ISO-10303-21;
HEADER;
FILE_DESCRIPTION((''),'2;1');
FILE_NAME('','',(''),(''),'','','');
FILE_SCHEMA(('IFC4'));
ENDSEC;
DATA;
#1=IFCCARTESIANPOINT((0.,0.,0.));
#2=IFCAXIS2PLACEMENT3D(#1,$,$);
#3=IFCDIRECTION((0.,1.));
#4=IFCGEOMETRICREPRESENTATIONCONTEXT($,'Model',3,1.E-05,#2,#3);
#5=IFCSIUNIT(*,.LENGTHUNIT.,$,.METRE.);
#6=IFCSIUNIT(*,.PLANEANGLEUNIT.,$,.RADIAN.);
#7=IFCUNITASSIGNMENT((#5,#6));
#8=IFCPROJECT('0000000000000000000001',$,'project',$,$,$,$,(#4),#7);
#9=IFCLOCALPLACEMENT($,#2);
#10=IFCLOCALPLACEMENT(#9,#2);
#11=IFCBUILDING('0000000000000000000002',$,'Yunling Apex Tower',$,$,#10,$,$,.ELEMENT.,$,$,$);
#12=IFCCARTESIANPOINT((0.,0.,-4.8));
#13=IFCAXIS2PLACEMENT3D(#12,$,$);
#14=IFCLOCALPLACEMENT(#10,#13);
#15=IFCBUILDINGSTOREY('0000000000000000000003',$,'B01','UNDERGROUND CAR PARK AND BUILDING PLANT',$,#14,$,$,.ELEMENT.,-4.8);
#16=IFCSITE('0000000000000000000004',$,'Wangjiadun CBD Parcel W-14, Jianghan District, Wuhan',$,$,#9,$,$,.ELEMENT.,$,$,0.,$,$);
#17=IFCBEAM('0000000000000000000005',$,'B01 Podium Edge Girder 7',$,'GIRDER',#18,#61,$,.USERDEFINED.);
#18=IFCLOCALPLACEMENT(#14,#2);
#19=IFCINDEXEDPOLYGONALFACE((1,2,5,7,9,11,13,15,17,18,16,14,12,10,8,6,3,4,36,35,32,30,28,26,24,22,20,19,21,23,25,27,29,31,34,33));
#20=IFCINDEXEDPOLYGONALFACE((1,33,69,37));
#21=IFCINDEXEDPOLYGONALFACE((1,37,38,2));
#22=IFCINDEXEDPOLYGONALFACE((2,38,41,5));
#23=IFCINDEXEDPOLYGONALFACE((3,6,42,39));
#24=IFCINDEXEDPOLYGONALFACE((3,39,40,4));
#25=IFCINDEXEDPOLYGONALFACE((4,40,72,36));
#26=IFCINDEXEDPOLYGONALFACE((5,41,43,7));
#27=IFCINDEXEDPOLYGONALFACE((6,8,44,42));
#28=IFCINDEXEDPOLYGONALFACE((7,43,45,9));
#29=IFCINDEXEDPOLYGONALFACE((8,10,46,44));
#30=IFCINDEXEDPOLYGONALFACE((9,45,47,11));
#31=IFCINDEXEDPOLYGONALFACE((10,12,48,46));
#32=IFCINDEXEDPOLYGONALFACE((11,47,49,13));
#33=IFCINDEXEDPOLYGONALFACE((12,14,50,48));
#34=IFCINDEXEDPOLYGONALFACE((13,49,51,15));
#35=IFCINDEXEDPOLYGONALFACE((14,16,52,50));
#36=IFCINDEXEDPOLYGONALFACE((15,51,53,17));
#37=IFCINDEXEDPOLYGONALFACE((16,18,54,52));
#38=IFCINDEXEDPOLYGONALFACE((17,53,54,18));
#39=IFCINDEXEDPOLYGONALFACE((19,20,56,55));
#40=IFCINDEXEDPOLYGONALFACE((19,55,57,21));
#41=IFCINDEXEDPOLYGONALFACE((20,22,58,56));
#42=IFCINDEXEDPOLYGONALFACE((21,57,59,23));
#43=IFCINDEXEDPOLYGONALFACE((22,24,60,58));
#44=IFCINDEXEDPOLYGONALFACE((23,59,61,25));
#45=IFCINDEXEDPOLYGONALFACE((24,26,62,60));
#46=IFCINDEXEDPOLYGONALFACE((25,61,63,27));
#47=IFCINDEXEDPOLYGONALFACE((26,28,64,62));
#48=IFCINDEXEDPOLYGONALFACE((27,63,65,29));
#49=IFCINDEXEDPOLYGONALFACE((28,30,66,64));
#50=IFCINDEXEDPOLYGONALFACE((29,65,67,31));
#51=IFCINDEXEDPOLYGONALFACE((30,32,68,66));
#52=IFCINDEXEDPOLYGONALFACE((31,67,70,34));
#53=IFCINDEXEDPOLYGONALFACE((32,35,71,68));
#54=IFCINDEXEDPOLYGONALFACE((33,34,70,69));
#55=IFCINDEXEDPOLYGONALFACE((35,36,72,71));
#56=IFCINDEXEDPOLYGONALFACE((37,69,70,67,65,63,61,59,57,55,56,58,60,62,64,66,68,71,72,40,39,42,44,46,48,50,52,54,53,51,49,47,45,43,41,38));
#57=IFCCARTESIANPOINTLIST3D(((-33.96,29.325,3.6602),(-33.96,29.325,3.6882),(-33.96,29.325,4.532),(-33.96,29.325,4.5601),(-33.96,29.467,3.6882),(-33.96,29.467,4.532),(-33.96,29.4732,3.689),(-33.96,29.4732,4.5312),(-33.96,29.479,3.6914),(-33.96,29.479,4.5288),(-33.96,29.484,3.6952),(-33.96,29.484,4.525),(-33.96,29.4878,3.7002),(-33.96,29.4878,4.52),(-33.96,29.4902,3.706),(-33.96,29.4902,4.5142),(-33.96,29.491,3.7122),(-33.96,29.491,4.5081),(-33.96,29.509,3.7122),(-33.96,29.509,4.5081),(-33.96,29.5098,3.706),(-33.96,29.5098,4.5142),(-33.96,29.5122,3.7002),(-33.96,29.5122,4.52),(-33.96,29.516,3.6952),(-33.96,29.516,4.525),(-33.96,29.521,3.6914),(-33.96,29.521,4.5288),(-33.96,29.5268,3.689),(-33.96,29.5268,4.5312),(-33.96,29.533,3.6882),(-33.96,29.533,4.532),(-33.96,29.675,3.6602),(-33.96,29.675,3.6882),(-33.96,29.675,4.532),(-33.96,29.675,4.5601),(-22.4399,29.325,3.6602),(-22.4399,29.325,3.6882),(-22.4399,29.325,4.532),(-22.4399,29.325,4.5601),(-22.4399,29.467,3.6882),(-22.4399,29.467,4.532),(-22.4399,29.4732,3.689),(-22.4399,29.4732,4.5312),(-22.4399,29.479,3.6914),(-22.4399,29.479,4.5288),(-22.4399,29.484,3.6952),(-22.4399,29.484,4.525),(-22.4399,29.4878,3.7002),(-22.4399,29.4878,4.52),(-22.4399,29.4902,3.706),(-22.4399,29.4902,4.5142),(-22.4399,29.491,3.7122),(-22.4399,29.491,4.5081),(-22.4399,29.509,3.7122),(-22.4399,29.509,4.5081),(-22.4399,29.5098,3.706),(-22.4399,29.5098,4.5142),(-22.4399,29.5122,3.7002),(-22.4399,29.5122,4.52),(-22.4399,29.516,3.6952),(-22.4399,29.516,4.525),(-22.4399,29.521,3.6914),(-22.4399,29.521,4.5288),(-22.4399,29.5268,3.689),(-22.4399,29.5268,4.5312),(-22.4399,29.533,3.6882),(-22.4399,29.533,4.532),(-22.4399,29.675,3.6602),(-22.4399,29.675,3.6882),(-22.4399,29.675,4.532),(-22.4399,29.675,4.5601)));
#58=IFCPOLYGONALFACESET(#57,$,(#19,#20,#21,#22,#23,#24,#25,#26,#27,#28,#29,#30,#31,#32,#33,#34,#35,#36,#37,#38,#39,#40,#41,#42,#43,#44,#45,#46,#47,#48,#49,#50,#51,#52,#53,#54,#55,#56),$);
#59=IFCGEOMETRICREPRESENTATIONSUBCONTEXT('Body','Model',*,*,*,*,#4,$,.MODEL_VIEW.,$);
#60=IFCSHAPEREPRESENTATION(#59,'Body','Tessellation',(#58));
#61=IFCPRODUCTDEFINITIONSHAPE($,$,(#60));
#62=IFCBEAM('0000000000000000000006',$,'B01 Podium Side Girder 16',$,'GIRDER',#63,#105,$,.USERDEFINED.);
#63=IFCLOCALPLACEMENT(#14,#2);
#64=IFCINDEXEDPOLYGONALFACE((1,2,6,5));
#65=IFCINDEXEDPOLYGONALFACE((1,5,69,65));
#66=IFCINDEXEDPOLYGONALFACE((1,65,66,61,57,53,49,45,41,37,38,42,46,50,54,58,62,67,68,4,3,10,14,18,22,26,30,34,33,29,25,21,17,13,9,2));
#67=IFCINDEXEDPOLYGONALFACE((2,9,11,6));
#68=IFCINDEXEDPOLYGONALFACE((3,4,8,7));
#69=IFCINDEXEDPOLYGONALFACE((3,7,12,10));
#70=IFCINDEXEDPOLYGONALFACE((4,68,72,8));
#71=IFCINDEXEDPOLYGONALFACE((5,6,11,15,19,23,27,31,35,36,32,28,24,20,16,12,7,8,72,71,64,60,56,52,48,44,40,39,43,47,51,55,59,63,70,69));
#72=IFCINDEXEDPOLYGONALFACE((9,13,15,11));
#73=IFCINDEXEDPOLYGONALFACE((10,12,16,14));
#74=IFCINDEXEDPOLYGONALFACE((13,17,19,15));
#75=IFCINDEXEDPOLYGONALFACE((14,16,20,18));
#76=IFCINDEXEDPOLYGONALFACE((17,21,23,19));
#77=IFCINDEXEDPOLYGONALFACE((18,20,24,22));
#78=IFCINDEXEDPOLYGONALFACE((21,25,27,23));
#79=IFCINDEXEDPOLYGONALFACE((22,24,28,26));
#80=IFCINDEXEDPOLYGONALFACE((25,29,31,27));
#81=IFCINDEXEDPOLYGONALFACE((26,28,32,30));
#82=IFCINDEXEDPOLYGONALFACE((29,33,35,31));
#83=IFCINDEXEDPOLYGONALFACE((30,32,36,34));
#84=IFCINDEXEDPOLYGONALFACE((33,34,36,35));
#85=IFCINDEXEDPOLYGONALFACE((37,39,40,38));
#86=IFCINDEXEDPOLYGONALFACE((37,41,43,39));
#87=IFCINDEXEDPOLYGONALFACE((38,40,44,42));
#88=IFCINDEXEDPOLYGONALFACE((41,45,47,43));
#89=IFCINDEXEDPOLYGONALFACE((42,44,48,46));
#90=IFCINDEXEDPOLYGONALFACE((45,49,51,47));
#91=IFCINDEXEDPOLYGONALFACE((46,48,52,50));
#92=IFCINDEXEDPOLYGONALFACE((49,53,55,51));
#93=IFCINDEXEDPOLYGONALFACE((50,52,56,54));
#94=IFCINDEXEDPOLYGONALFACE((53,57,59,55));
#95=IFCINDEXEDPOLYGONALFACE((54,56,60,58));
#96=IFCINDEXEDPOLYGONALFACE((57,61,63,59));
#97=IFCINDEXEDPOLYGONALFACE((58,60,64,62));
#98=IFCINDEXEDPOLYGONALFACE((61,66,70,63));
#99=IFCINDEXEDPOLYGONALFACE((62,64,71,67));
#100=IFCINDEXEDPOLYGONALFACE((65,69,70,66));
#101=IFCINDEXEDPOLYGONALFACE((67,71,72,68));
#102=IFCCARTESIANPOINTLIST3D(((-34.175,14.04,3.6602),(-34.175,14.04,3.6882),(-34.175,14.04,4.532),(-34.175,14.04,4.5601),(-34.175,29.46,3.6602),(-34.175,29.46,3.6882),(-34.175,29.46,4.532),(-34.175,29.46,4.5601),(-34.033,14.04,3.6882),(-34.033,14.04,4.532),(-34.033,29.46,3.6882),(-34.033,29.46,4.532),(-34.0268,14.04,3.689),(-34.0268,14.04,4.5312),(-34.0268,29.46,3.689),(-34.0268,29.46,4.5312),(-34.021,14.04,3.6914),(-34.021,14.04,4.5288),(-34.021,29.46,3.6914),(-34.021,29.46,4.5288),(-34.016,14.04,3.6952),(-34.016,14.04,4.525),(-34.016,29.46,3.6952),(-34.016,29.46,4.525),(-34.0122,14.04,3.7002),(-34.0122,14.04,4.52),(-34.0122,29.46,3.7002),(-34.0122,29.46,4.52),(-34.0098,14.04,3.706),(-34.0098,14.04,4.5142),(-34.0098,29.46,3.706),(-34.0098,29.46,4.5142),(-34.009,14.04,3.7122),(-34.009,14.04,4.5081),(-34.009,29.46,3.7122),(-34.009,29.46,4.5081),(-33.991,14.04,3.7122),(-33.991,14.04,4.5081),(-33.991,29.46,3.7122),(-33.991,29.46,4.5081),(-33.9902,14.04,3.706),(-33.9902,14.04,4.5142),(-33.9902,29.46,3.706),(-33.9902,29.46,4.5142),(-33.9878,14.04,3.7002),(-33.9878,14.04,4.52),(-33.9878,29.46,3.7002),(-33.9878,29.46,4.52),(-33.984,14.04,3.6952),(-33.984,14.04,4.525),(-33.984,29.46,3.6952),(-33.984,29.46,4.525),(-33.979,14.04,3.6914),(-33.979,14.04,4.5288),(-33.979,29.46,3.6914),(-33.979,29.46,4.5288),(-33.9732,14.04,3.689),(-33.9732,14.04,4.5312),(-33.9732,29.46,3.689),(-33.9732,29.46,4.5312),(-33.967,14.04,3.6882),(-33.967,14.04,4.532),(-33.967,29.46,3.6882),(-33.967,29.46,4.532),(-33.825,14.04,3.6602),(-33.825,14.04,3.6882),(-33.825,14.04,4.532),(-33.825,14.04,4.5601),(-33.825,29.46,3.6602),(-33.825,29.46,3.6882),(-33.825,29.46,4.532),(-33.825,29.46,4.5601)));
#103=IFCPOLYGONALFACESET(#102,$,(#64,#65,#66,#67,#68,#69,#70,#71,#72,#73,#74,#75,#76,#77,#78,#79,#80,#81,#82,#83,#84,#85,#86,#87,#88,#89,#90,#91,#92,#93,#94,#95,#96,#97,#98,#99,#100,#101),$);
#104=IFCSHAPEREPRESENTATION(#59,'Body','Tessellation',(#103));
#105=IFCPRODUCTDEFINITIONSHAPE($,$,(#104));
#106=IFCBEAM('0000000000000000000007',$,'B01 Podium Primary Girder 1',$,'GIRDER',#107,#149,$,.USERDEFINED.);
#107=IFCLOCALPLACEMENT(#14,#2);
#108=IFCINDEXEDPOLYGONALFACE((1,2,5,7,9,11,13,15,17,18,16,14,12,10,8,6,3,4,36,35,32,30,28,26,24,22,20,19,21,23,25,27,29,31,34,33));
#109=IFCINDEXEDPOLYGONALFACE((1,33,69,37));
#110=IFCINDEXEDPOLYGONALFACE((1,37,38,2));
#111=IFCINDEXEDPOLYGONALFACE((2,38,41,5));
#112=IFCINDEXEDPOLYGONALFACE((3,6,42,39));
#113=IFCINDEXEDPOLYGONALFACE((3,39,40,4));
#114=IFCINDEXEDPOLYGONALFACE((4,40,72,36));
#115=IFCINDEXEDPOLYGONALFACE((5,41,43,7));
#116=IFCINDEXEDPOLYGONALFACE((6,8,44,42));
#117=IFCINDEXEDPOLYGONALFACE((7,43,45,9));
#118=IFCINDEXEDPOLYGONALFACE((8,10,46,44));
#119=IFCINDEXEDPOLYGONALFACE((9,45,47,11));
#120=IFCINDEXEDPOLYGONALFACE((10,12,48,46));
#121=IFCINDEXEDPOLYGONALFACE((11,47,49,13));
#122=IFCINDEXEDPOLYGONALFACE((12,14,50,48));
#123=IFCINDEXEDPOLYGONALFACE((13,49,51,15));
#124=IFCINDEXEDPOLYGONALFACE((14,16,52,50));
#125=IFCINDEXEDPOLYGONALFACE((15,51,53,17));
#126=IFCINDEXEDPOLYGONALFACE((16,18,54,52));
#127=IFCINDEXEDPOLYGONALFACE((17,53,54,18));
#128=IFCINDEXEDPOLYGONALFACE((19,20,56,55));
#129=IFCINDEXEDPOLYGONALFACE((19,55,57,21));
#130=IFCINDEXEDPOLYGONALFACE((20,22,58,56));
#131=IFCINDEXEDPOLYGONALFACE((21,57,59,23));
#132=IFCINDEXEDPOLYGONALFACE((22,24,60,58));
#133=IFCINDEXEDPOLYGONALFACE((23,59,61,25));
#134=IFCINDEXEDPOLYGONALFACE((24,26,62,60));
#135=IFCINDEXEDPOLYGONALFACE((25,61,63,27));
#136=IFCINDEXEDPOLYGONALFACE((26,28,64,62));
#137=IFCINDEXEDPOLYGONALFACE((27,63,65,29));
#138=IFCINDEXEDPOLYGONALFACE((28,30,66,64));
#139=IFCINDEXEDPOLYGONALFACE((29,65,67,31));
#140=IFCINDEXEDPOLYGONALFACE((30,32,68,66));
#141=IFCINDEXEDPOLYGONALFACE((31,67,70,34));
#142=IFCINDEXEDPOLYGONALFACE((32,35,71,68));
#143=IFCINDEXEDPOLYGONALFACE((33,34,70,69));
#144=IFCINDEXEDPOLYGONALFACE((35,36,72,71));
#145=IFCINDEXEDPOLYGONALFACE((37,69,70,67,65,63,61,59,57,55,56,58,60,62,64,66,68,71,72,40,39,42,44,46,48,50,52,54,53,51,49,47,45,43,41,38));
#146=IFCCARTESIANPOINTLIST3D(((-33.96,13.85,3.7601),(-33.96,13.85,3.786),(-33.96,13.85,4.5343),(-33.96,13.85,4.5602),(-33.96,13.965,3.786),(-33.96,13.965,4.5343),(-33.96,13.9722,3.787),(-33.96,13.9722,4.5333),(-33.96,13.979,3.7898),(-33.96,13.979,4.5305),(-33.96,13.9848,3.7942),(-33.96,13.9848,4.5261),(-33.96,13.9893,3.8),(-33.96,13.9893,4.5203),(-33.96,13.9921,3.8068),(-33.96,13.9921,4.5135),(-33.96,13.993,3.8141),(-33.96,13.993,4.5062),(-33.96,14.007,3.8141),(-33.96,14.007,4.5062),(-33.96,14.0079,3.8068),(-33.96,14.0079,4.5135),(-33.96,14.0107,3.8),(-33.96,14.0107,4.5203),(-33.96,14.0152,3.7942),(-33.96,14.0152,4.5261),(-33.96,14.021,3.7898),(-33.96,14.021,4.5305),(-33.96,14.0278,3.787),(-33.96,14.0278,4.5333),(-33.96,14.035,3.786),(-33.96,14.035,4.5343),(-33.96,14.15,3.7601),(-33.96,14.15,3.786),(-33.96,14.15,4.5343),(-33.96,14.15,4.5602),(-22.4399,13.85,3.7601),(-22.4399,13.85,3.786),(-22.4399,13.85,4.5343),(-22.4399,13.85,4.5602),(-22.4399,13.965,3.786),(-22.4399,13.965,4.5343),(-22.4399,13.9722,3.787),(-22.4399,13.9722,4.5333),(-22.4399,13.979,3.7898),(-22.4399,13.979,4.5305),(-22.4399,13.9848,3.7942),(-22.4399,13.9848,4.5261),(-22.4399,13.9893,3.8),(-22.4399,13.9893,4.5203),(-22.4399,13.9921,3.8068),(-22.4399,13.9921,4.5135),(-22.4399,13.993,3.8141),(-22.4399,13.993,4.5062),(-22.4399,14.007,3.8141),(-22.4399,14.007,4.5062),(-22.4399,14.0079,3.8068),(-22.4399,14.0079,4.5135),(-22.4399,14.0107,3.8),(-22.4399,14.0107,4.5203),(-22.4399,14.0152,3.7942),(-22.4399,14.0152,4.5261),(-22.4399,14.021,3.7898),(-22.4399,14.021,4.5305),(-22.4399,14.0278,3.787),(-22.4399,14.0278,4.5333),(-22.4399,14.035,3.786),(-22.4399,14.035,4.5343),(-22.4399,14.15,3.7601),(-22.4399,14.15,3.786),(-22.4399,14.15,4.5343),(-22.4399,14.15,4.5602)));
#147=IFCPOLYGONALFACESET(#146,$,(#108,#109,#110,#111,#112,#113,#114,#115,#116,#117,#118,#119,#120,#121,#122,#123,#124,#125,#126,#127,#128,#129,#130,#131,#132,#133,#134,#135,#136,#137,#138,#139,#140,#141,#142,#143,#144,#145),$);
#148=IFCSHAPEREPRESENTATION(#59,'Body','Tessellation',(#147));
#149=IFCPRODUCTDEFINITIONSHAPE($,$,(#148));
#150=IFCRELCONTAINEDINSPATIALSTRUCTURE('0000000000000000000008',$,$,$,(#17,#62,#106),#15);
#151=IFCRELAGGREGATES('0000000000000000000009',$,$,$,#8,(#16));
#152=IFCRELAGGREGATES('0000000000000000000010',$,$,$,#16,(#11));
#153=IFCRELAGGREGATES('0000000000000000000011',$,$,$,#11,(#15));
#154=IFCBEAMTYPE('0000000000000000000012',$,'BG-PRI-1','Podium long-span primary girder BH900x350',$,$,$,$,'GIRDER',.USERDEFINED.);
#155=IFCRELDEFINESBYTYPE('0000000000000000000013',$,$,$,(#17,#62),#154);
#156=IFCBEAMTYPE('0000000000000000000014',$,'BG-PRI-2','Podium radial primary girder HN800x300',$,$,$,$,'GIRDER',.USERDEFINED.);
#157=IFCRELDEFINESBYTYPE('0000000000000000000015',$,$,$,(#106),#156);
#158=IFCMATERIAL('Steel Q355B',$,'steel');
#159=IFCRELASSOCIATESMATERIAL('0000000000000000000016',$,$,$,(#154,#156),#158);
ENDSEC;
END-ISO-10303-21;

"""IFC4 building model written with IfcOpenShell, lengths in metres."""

from ifc_helpers import new_model, si_unit, direction, frame, origin, origin_2d, place, context, subcontext, project, spatial, i_section, extrude, source, transform, mapped, material, material_profile, profile_set, type_object, element, save


model = new_model("IFC4")

# Units and contexts
model_context = context("Model", 3, precision=1e-05, world=origin(), true_north=direction((0.0, 1.0)))
body_context = subcontext(model_context, "Body", "Model", "MODEL_VIEW")
ifc_project = project(units=[si_unit("LENGTHUNIT", "METRE"), si_unit("PLANEANGLEUNIT", "RADIAN")], contexts=[model_context])

# Site, building, storey
site_placement = place(None, origin())
site = spatial("IfcSite", under=ifc_project, at=site_placement, Name="Wangjiadun CBD Parcel W-14, Jianghan District, Wuhan", CompositionType="ELEMENT", RefElevation=0.0)
building_placement = place(site_placement, origin())
building = spatial("IfcBuilding", under=site, at=building_placement, Name="Yunling Apex Tower", CompositionType="ELEMENT")
storey_placement = place(building_placement, frame((0.0, 0.0, -4.8)))
storey = spatial("IfcBuildingStorey", under=building, at=storey_placement, Name="B01", Description="UNDERGROUND CAR PARK AND BUILDING PLANT", CompositionType="ELEMENT", Elevation=-4.8)

# Beams
ifc_material_1 = material(Name="Steel Q355B", Category="steel")
ifc_material_profile_1 = material_profile(ifc_material_1, i_section(OverallWidth=0.3501, OverallDepth=0.8999, WebThickness=0.0181, FlangeThickness=0.0281, FilletRadius=0.0239, at=origin_2d()))
ifc_profile_set_1 = profile_set([ifc_material_profile_1], Name="Steel Q355B")
beam_type_1 = type_object("IfcBeamType", Name="BG-PRI-1", Description="Podium long-span primary girder BH900x350", ElementType="GIRDER", PredefinedType="USERDEFINED", material=ifc_profile_set_1)
shared_shape_1 = source(origin(), body_context, "Body", "SweptSolid", [
    extrude(i_section(OverallWidth=0.3501, OverallDepth=0.8999, WebThickness=0.0181, FlangeThickness=0.0281, FilletRadius=0.0239, at=origin_2d()), origin(), (0.0, 0.0, 1.0), 11.52),
])
beam_1_placement = place(storey_placement, frame((-33.96, 29.5, 4.1101), z_axis=(1.0, 0.0, 0.0), x_axis=(0.0, 1.0, 0.0)))
element("IfcBeam", 1, at=beam_1_placement, inside=storey, type_object=beam_type_1, Name="B01 Podium Edge Girder 7", ObjectType="GIRDER", PredefinedType="USERDEFINED", context=body_context, shape_type="MappedRepresentation", body=[
    mapped(shared_shape_1, transform((0.0, 0.0, 0.0), scale=1.0)),
])
shared_shape_2 = source(origin(), body_context, "Body", "SweptSolid", [
    extrude(i_section(OverallWidth=0.3501, OverallDepth=0.8999, WebThickness=0.0181, FlangeThickness=0.0281, FilletRadius=0.0239, at=origin_2d()), origin(), (0.0, 0.0, 1.0), 15.4199),
])
beam_2_placement = place(storey_placement, frame((-34.0, 14.04, 4.1101), z_axis=(0.0, 1.0, 0.0), x_axis=(-1.0, 0.0, 0.0)))
element("IfcBeam", 2, at=beam_2_placement, inside=storey, type_object=beam_type_1, Name="B01 Podium Side Girder 16", ObjectType="GIRDER", PredefinedType="USERDEFINED", context=body_context, shape_type="MappedRepresentation", body=[
    mapped(shared_shape_2, transform((0.0, 0.0, 0.0), scale=1.0)),
])
ifc_material_profile_2 = material_profile(ifc_material_1, i_section(OverallWidth=0.3, OverallDepth=0.8, WebThickness=0.0139, FlangeThickness=0.0259, FilletRadius=0.0281, at=origin_2d()))
ifc_profile_set_2 = profile_set([ifc_material_profile_2], Name="Steel Q355B")
beam_type_2 = type_object("IfcBeamType", Name="BG-PRI-2", Description="Podium radial primary girder HN800x300", ElementType="GIRDER", PredefinedType="USERDEFINED", material=ifc_profile_set_2)
shared_shape_3 = source(origin(), body_context, "Body", "SweptSolid", [
    extrude(i_section(OverallWidth=0.3, OverallDepth=0.8, WebThickness=0.0139, FlangeThickness=0.0259, FilletRadius=0.0281, at=origin_2d()), origin(), (0.0, 0.0, 1.0), 11.52),
])
beam_3_placement = place(storey_placement, frame((-33.96, 14.0, 4.1602), z_axis=(1.0, 0.0, 0.0), x_axis=(0.0, 1.0, 0.0)))
element("IfcBeam", 3, at=beam_3_placement, inside=storey, type_object=beam_type_2, Name="B01 Podium Primary Girder 1", ObjectType="GIRDER", PredefinedType="USERDEFINED", context=body_context, shape_type="MappedRepresentation", body=[
    mapped(shared_shape_3, transform((0.0, 0.0, 0.0), scale=1.0)),
])

save(model, "model.ifc")
